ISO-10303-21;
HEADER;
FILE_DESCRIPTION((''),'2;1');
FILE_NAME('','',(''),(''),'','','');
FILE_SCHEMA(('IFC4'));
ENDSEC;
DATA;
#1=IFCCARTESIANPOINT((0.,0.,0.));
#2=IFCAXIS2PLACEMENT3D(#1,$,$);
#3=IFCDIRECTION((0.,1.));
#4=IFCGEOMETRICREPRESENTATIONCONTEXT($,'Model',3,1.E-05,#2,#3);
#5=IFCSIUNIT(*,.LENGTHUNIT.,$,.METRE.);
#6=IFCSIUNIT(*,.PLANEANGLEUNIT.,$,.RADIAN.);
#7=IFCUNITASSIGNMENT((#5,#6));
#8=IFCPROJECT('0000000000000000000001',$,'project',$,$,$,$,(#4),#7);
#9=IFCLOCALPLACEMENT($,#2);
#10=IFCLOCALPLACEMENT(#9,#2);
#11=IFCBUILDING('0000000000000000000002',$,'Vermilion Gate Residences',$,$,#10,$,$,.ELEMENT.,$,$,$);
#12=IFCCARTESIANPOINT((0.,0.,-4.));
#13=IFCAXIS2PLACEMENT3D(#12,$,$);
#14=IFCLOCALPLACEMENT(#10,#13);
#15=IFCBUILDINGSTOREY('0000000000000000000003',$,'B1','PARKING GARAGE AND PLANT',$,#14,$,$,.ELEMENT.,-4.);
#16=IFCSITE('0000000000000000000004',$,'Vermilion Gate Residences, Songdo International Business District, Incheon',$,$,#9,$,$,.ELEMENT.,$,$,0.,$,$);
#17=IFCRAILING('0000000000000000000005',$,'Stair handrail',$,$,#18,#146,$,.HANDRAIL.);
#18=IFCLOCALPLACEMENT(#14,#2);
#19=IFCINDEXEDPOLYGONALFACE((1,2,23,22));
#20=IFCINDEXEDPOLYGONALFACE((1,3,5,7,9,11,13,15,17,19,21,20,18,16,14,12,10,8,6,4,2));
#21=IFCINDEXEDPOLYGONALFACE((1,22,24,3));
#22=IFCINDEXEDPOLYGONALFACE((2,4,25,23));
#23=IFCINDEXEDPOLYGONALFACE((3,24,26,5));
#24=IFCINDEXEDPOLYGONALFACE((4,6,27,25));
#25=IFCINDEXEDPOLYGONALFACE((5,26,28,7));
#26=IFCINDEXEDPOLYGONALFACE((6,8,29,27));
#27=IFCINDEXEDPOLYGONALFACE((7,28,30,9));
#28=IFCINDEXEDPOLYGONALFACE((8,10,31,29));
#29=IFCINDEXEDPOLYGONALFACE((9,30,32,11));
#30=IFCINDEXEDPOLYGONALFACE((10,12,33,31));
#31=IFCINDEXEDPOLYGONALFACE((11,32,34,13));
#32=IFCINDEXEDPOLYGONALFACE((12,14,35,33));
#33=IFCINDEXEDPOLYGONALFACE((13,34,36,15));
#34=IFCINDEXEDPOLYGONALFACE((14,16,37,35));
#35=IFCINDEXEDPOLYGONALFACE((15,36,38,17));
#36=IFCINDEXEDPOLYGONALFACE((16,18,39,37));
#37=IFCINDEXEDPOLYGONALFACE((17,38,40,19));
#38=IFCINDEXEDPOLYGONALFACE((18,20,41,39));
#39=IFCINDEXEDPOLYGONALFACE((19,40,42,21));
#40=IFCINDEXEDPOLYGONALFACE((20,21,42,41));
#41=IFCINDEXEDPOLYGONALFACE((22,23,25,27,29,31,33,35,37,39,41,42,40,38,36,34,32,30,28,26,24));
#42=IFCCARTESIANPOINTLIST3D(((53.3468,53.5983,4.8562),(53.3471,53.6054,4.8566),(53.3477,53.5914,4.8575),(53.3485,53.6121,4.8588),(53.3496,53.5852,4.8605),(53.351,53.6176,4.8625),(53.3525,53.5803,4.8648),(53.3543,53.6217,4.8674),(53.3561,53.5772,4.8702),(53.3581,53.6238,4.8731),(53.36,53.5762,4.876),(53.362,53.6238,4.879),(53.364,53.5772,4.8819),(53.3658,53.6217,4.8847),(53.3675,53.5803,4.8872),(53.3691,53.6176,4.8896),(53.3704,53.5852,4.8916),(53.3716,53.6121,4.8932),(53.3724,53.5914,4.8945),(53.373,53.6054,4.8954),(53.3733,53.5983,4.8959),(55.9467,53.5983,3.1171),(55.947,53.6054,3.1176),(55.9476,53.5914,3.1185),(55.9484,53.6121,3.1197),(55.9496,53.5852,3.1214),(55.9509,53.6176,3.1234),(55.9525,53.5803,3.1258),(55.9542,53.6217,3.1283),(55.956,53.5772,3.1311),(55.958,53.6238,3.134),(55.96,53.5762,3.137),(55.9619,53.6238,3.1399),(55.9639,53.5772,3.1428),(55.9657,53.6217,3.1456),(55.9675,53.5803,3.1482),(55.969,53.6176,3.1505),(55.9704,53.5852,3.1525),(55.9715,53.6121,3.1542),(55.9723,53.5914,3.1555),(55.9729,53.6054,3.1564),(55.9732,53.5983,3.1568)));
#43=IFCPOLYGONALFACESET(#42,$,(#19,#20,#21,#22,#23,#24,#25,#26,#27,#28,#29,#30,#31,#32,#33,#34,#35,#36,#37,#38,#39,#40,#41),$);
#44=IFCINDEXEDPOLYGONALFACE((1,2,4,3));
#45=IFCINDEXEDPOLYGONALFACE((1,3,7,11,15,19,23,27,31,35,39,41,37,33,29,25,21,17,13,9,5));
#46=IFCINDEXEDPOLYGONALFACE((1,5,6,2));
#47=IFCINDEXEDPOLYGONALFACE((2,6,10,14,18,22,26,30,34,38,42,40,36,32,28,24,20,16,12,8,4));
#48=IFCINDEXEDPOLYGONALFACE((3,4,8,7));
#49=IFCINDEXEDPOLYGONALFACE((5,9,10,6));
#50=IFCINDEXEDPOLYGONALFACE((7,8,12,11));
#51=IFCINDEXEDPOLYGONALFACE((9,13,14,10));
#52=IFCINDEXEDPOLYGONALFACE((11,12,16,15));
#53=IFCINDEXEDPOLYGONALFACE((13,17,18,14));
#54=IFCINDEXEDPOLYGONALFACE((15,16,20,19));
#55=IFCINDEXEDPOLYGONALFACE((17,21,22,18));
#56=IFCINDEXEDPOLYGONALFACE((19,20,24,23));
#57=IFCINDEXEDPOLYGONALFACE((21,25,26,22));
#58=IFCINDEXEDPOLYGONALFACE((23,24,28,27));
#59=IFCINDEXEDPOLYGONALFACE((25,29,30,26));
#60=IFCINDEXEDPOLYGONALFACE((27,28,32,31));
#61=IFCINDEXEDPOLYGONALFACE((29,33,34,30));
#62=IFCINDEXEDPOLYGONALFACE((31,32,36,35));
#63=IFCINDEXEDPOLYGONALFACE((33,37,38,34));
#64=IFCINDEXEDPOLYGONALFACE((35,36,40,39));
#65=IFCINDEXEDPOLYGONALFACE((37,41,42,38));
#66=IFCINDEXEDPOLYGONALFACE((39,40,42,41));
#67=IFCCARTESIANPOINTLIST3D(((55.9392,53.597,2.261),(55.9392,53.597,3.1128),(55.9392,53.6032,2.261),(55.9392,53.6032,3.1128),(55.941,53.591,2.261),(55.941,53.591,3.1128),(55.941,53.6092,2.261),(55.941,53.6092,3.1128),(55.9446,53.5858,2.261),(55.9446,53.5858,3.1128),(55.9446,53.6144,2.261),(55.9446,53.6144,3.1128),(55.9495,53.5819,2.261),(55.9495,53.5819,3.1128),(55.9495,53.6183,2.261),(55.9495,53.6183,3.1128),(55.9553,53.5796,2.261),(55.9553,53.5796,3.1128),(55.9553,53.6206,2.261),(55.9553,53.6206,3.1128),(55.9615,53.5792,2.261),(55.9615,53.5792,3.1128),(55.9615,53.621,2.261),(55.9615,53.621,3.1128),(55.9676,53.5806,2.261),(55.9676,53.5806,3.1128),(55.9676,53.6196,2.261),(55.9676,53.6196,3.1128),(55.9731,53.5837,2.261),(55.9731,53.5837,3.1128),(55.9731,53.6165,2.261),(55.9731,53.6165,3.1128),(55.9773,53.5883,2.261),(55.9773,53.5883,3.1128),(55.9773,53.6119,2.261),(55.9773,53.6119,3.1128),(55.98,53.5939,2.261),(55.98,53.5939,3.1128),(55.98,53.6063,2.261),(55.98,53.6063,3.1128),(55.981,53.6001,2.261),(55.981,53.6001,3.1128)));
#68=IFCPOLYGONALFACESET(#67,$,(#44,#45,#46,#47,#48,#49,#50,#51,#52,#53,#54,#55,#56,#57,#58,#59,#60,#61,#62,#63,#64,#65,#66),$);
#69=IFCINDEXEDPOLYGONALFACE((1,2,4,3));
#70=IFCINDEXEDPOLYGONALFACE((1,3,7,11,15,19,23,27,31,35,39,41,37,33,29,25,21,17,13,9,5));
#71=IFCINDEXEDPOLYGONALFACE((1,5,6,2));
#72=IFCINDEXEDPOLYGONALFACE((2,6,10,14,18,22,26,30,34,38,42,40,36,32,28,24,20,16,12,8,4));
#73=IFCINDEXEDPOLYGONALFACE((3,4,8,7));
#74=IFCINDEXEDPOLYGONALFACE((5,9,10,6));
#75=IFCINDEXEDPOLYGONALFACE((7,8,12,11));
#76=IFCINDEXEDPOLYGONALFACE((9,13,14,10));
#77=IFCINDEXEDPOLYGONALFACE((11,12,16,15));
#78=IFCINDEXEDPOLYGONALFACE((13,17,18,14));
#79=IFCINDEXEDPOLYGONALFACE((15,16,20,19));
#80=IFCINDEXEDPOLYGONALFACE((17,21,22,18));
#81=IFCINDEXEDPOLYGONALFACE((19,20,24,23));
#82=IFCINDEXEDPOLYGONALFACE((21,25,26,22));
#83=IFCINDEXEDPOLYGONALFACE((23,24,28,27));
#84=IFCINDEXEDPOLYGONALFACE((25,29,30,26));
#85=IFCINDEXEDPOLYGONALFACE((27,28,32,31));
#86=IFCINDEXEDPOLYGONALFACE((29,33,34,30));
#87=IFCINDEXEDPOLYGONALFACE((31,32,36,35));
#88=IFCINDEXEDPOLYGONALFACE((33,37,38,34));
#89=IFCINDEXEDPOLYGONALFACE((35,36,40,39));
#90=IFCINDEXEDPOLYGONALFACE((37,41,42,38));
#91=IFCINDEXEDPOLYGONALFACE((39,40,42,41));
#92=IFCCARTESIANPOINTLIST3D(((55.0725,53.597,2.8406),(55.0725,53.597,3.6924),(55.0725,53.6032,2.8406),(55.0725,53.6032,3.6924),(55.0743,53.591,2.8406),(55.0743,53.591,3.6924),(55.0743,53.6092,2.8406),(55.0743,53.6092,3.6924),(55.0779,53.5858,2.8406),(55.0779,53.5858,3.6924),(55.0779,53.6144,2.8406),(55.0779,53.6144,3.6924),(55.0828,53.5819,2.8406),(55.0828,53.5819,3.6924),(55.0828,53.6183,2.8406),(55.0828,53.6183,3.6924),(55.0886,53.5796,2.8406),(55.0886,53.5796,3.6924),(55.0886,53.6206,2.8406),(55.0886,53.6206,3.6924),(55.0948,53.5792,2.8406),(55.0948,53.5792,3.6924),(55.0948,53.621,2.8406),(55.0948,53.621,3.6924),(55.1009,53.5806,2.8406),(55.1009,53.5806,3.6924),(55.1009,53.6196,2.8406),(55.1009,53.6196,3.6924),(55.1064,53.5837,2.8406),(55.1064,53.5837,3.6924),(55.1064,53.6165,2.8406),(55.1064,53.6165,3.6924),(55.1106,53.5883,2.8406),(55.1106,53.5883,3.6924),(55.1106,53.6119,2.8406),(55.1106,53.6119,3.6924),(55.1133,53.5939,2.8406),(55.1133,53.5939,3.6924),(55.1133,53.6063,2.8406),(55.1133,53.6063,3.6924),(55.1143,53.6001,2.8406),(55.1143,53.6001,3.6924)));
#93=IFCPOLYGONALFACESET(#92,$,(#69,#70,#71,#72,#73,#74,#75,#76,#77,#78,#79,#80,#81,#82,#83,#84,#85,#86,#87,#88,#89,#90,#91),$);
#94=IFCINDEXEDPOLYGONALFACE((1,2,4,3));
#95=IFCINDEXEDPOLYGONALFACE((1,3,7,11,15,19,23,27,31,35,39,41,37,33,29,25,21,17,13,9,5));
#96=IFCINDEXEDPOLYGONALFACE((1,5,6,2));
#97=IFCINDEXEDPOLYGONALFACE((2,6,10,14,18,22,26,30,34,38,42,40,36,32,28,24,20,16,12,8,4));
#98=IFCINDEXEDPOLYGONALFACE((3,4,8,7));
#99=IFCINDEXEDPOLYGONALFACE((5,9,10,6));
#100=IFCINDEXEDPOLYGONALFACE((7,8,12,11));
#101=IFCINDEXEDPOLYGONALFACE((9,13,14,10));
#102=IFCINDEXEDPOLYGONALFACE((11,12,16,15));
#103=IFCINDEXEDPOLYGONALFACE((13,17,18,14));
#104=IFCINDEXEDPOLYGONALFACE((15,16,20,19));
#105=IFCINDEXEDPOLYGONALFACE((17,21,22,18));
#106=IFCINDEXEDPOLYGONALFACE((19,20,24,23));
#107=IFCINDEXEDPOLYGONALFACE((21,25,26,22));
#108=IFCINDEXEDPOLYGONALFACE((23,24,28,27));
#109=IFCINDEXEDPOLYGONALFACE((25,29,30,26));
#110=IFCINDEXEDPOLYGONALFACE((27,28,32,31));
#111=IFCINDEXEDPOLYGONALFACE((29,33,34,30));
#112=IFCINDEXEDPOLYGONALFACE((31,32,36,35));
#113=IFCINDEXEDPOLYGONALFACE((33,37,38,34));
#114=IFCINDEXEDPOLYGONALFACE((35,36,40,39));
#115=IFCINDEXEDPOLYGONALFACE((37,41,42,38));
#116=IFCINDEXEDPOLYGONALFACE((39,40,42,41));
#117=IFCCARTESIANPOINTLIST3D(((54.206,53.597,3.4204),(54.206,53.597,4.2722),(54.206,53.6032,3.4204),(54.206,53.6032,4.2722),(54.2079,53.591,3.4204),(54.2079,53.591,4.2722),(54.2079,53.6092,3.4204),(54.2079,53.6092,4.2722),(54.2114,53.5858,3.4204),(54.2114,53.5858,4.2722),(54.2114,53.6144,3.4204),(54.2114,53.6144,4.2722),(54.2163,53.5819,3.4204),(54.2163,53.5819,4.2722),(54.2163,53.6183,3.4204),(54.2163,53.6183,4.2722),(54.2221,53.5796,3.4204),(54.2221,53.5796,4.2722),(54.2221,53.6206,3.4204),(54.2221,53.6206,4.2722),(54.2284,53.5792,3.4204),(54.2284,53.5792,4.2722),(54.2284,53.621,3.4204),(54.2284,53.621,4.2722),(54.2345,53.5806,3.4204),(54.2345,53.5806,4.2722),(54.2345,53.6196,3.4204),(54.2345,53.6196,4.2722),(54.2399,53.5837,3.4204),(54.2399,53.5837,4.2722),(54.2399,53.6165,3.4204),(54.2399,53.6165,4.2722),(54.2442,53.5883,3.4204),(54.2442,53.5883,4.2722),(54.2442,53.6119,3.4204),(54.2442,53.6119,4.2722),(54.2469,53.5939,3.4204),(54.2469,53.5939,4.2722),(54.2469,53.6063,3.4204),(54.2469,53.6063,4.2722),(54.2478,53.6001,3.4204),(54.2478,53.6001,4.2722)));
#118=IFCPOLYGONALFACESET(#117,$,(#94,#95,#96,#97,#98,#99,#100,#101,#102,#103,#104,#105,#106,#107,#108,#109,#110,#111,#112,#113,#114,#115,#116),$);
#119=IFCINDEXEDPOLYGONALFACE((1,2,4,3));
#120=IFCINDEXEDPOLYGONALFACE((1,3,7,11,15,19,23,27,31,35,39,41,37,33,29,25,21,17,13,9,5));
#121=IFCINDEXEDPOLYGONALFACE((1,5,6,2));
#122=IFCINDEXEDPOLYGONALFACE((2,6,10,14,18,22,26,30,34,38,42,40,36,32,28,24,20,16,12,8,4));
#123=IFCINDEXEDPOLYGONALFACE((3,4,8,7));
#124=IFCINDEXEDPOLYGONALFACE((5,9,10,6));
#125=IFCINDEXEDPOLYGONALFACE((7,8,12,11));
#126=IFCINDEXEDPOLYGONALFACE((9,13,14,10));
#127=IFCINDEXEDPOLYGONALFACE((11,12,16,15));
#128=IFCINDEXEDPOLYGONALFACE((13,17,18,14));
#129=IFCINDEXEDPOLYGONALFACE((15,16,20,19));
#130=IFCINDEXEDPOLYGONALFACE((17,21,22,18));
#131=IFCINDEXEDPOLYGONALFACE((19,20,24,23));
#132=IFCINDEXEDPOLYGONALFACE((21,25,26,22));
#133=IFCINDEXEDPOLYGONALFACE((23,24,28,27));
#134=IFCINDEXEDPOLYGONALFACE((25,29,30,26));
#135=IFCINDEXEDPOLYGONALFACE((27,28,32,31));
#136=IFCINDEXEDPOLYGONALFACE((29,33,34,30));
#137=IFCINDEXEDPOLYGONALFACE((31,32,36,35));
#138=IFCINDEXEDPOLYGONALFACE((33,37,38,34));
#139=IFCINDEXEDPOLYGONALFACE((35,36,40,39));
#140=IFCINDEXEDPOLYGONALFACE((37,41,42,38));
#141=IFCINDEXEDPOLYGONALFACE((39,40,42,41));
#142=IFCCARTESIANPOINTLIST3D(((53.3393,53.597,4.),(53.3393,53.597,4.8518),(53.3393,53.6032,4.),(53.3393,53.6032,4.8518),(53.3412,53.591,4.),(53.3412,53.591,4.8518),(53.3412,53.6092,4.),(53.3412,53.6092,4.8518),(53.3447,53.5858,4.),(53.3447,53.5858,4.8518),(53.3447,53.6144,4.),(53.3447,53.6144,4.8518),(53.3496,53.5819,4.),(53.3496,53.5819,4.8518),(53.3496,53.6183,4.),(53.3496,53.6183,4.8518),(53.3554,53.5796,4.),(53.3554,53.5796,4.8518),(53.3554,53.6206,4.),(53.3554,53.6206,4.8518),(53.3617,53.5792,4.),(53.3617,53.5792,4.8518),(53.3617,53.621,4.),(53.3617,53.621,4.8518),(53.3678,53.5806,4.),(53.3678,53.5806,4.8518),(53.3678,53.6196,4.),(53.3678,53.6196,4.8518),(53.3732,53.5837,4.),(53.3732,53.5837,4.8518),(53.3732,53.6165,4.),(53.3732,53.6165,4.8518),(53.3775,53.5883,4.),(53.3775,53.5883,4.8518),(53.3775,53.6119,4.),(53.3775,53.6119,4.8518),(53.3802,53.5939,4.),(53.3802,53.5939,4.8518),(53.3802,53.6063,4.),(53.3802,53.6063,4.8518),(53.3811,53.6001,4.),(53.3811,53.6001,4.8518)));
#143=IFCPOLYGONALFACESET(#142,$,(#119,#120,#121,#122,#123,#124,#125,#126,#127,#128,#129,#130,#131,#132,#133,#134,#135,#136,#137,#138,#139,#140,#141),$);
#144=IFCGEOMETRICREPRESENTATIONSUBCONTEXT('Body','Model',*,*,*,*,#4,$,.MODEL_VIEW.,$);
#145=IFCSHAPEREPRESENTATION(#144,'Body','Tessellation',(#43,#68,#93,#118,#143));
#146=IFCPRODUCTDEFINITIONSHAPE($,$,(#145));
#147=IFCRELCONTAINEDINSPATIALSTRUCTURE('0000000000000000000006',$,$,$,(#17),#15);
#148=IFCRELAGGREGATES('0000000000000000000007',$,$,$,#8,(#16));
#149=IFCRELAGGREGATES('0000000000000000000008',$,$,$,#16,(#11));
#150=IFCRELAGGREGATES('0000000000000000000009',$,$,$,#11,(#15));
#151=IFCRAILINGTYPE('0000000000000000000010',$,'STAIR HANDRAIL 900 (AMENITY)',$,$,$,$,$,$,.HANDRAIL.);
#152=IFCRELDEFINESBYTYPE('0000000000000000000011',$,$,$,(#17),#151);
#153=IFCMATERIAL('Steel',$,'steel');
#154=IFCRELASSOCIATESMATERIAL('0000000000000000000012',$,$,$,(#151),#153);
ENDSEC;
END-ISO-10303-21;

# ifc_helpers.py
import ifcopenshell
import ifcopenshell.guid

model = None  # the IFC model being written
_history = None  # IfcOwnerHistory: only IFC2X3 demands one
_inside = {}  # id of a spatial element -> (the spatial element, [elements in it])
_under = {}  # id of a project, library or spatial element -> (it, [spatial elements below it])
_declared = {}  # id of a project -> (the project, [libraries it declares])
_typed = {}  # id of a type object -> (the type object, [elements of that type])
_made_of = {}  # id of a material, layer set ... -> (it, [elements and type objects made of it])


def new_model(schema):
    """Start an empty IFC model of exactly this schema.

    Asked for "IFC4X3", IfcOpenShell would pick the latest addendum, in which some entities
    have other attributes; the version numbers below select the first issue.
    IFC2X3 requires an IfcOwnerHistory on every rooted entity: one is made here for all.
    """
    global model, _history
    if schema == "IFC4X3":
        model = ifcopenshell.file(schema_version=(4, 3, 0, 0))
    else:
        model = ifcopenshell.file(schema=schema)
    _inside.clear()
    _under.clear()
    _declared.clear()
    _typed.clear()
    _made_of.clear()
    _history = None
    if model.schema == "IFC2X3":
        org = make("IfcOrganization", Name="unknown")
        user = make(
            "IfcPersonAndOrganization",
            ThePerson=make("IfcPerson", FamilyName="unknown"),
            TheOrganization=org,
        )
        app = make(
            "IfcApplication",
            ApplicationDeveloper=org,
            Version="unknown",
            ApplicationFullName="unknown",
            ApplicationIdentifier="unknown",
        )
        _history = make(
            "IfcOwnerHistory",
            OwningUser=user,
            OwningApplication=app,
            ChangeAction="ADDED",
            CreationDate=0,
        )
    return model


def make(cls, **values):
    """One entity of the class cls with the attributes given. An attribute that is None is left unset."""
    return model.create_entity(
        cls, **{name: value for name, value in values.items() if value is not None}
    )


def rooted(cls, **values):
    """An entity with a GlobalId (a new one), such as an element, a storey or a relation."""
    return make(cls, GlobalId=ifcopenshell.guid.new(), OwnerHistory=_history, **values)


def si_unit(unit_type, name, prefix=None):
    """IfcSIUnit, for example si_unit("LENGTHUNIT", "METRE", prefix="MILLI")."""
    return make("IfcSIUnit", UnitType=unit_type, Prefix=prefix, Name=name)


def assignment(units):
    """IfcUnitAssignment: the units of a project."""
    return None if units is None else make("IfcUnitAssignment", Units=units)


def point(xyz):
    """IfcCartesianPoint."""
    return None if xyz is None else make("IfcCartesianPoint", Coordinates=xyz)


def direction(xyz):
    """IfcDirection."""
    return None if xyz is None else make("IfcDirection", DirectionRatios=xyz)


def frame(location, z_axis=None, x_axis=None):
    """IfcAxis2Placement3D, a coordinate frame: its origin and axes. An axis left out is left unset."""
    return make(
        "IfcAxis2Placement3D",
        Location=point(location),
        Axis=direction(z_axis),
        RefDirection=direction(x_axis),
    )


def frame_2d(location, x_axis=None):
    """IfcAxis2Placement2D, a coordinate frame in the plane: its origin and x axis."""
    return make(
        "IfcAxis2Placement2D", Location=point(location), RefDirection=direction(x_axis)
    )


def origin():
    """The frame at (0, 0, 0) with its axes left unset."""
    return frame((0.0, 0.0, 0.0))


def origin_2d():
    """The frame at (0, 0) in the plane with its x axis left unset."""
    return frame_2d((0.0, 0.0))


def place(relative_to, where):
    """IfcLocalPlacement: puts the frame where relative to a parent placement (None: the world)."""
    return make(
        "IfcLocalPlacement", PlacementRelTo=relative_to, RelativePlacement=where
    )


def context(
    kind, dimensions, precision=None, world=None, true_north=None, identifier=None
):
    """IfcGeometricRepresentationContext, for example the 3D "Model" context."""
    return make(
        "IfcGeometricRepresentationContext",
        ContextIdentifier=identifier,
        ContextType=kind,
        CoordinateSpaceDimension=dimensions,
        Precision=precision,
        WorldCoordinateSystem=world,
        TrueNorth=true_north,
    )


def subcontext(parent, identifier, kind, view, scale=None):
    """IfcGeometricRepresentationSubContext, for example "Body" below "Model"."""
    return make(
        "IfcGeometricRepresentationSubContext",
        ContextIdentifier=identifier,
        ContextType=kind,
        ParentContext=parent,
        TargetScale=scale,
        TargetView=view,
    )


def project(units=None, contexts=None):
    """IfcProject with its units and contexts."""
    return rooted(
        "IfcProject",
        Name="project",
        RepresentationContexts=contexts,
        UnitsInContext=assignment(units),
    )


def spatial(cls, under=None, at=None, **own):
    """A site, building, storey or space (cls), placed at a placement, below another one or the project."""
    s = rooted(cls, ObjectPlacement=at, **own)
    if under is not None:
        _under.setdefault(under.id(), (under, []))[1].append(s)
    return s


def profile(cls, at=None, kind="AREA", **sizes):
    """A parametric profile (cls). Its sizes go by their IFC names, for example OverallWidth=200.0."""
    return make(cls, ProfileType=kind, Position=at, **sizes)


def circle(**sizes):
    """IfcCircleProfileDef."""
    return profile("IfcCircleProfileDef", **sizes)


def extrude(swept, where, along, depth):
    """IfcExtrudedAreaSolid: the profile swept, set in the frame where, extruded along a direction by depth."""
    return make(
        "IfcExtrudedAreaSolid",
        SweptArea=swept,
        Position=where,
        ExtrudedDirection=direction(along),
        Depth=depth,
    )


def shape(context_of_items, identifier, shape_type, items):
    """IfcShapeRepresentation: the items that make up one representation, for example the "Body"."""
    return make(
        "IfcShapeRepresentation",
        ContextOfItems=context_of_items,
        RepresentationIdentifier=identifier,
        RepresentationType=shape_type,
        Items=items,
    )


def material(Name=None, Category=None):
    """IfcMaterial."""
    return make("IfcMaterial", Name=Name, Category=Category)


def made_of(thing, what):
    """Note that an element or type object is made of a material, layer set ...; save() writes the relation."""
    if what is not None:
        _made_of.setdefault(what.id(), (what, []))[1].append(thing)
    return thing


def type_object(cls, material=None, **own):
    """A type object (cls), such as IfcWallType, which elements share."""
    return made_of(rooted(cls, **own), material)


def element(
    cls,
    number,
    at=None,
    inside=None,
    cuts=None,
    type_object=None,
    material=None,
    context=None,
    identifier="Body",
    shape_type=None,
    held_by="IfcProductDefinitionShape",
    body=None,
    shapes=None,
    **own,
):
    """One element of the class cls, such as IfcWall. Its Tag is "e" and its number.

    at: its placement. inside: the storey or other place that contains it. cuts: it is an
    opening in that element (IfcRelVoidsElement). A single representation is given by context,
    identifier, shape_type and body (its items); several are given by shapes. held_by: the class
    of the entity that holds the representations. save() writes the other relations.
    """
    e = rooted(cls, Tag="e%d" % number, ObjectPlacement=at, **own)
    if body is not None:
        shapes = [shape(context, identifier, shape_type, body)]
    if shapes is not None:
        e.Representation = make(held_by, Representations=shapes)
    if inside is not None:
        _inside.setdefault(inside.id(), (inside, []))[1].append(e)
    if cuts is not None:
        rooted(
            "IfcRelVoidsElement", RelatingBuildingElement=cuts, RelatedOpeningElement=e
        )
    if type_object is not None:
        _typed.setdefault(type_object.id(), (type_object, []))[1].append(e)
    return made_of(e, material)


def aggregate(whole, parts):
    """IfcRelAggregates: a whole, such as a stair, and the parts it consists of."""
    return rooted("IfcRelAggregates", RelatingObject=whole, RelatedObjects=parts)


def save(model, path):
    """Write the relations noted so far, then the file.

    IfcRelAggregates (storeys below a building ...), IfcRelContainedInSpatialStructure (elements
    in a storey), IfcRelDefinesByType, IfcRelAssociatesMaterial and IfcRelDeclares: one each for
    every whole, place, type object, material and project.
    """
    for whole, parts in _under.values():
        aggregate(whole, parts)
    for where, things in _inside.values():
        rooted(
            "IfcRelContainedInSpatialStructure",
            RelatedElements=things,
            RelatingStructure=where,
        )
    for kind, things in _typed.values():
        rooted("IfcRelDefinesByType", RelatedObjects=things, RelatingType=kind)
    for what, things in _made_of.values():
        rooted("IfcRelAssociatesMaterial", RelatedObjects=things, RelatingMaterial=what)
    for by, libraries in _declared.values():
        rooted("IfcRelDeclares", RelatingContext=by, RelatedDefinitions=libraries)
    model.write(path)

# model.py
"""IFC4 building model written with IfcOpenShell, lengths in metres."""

from ifc_helpers import new_model, si_unit, direction, frame, origin, origin_2d, place, context, subcontext, project, spatial, circle, extrude, material, type_object, element, save


model = new_model("IFC4")

# Units and contexts
model_context = context("Model", 3, precision=1e-05, world=origin(), true_north=direction((0.0, 1.0)))
body_context = subcontext(model_context, "Body", "Model", "MODEL_VIEW")
ifc_project = project(units=[si_unit("LENGTHUNIT", "METRE"), si_unit("PLANEANGLEUNIT", "RADIAN")], contexts=[model_context])

# Site, building, storey
site_placement = place(None, origin())
site = spatial("IfcSite", under=ifc_project, at=site_placement, Name="Vermilion Gate Residences, Songdo International Business District, Incheon", CompositionType="ELEMENT", RefElevation=0.0)
building_placement = place(site_placement, origin())
building = spatial("IfcBuilding", under=site, at=building_placement, Name="Vermilion Gate Residences", CompositionType="ELEMENT")
storey_placement = place(building_placement, frame((0.0, 0.0, -4.0)))
storey = spatial("IfcBuildingStorey", under=building, at=storey_placement, Name="B1", Description="PARKING GARAGE AND PLANT", CompositionType="ELEMENT", Elevation=-4.0)

# Railing
ifc_material_1 = material(Name="Steel", Category="steel")
railing_type = type_object("IfcRailingType", Name="STAIR HANDRAIL 900 (AMENITY)", PredefinedType="HANDRAIL", material=ifc_material_1)
railing_1_placement = place(storey_placement, frame((55.96, 53.6001, 2.261)))
element("IfcRailing", 1, at=railing_1_placement, inside=storey, type_object=railing_type, Name="Stair handrail", PredefinedType="HANDRAIL", context=body_context, shape_type="SweptSolid", body=[
    extrude(circle(Radius=0.0239, at=origin_2d()), frame((0.0, 0.0, 0.876), z_axis=(-0.831197, 0.0, 0.555978), x_axis=(0.0, -1.0, 0.0)), (0.0, 0.0, 1.0), 3.1279),
    extrude(circle(Radius=0.021, at=origin_2d()), origin(), (0.0, 0.0, 1.0), 0.8518),
    extrude(circle(Radius=0.021, at=origin_2d()), frame((-0.8667, 0.0, 0.5796)), (0.0, 0.0, 1.0), 0.8518),
    extrude(circle(Radius=0.021, at=origin_2d()), frame((-1.7332, 0.0, 1.1594)), (0.0, 0.0, 1.0), 0.8518),
    extrude(circle(Radius=0.021, at=origin_2d()), frame((-2.5999, 0.0, 1.739)), (0.0, 0.0, 1.0), 0.8518),
])

save(model, "model.ifc")
